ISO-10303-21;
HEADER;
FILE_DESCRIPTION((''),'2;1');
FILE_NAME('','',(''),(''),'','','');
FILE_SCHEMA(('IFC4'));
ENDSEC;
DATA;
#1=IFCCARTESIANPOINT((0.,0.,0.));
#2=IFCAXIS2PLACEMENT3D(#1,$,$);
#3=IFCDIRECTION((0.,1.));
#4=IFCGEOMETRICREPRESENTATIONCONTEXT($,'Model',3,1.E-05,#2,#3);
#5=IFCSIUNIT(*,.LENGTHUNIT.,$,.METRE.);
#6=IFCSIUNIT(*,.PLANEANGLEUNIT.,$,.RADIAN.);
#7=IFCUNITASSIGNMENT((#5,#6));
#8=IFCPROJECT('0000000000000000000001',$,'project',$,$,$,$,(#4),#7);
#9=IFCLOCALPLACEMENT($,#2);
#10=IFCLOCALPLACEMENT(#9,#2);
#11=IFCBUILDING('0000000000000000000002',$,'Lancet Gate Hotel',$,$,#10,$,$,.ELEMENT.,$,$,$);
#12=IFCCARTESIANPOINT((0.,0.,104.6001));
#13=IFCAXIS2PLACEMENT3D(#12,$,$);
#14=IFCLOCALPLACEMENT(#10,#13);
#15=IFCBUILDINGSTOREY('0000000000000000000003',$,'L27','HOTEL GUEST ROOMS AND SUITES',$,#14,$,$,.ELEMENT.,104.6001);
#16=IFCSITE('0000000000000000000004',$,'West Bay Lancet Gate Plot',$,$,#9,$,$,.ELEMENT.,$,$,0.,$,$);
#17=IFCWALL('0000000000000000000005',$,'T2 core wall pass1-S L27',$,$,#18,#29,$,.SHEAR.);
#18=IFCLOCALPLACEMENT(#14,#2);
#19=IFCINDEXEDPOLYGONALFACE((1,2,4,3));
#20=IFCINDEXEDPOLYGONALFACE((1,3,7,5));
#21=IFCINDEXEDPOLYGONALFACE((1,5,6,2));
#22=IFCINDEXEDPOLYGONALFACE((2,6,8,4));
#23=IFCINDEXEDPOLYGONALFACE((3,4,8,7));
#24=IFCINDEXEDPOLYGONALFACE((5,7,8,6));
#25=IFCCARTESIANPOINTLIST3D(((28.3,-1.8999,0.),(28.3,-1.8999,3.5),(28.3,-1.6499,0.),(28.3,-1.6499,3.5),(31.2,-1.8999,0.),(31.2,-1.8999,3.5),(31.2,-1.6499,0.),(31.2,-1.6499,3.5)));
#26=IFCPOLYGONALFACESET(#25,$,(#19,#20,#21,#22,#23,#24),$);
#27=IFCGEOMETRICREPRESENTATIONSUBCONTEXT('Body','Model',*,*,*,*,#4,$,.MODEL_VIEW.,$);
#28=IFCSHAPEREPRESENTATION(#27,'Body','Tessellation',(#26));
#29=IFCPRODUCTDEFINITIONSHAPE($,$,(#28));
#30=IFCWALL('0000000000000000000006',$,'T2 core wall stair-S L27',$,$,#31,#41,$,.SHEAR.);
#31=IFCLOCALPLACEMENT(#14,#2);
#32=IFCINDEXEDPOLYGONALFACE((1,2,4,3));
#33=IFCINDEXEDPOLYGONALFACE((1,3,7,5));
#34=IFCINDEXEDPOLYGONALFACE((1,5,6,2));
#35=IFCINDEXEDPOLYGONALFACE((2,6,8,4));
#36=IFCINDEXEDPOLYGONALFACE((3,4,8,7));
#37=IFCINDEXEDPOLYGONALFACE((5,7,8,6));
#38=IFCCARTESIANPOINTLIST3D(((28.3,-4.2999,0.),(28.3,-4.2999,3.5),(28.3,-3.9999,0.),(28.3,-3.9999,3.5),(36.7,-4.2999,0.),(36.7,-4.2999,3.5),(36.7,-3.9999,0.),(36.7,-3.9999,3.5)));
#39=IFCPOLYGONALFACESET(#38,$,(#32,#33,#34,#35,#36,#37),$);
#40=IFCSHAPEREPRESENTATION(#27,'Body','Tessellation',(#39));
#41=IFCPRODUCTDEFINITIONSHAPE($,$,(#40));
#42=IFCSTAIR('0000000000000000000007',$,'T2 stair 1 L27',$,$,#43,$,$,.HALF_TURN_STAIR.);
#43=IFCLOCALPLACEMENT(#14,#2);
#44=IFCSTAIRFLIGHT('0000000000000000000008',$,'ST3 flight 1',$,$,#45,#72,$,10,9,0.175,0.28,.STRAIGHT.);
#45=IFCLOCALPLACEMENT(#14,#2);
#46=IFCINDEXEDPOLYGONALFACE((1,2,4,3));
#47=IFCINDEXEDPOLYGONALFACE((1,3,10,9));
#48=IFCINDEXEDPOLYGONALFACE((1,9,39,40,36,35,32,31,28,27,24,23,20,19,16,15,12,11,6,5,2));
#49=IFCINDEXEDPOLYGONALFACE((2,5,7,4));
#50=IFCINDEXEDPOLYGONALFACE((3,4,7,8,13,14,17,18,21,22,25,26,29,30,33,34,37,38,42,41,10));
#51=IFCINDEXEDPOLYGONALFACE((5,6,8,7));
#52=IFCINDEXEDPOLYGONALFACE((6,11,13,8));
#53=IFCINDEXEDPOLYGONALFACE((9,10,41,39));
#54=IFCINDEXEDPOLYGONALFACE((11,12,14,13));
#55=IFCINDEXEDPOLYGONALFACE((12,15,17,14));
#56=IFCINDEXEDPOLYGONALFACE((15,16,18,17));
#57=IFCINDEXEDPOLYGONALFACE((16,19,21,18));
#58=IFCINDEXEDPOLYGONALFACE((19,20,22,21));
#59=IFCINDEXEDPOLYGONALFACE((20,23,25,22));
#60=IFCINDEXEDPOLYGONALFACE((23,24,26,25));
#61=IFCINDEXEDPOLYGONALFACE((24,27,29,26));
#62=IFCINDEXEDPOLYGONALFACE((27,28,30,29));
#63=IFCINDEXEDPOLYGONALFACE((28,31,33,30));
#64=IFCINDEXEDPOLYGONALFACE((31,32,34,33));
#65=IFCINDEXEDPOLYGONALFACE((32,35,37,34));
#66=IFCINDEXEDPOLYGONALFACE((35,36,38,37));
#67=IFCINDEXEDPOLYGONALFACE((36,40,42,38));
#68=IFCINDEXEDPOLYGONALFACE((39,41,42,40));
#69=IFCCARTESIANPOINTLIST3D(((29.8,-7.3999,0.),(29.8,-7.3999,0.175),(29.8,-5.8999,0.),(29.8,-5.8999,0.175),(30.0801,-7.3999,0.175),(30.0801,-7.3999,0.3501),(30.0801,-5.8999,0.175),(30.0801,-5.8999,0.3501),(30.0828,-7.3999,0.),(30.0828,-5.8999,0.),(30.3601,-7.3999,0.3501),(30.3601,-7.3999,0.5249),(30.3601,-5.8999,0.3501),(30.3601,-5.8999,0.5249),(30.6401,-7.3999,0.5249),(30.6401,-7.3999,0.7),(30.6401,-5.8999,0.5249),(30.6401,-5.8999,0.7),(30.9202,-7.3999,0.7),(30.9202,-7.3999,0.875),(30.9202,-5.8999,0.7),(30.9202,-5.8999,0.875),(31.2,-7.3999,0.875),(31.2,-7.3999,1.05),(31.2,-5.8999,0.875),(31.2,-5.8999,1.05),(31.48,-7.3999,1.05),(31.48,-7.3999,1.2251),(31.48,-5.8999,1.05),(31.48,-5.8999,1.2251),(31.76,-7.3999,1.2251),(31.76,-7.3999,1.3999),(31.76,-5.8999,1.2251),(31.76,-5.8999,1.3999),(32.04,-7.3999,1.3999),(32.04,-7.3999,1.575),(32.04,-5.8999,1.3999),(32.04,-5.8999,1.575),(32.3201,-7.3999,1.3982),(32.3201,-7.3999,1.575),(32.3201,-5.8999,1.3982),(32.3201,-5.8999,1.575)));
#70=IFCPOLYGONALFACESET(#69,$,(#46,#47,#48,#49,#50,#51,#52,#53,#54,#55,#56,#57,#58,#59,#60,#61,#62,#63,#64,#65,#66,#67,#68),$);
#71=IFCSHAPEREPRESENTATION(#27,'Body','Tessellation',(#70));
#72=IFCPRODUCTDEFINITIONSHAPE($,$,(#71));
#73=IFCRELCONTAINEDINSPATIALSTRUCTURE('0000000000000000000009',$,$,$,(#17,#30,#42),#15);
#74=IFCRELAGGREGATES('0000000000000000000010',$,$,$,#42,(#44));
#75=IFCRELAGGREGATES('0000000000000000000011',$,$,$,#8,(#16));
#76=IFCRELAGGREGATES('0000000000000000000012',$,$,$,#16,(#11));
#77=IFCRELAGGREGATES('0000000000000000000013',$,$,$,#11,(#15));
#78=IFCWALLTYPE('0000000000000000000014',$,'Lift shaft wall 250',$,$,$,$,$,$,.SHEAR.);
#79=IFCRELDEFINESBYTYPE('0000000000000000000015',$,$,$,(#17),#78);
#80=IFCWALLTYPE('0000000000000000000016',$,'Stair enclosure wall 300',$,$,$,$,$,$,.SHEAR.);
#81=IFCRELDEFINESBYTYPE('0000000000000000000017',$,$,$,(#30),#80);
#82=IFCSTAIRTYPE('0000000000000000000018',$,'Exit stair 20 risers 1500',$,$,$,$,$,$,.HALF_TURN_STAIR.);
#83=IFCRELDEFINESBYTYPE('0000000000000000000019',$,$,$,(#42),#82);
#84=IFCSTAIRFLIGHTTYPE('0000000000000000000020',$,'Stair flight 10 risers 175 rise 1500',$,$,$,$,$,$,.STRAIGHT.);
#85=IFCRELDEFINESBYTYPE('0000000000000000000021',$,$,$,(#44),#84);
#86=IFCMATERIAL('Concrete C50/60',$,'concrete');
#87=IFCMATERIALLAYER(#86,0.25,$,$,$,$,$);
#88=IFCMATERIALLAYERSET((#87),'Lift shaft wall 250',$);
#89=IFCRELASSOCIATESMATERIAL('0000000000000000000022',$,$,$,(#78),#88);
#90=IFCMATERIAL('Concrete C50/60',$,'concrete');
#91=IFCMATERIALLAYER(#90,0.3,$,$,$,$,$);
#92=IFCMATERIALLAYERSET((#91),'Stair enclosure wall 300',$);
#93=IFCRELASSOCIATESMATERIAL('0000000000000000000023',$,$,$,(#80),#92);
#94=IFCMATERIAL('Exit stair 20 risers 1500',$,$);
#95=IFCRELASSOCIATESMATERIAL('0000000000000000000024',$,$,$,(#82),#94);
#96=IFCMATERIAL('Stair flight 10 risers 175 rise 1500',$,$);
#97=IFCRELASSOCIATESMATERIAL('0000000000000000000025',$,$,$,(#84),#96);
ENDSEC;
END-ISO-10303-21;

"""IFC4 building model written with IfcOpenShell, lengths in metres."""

from ifc_helpers import new_model, si_unit, direction, frame, frame_2d, origin, place, context, subcontext, project, spatial, polyline, rectangle, outline, extrude, material, layer, layer_set, type_object, element, aggregate, save


model = new_model("IFC4")

# Units and contexts
model_context = context("Model", 3, precision=1e-05, world=origin(), true_north=direction((0.0, 1.0)))
body_context = subcontext(model_context, "Body", "Model", "MODEL_VIEW")
ifc_project = project(units=[si_unit("LENGTHUNIT", "METRE"), si_unit("PLANEANGLEUNIT", "RADIAN")], contexts=[model_context])

# Site, building, storey
site_placement = place(None, origin())
site = spatial("IfcSite", under=ifc_project, at=site_placement, Name="West Bay Lancet Gate Plot", CompositionType="ELEMENT", RefElevation=0.0)
building_placement = place(site_placement, origin())
building = spatial("IfcBuilding", under=site, at=building_placement, Name="Lancet Gate Hotel", CompositionType="ELEMENT")
storey_placement = place(building_placement, frame((0.0, 0.0, 104.6001)))
storey = spatial("IfcBuildingStorey", under=building, at=storey_placement, Name="L27", Description="HOTEL GUEST ROOMS AND SUITES", CompositionType="ELEMENT", Elevation=104.6001)

# Walls
ifc_material_1 = material(Name="Concrete C50/60", Category="concrete")
ifc_layer_1 = layer(ifc_material_1, 0.25)
ifc_layer_set_1 = layer_set([ifc_layer_1], Name="Lift shaft wall 250")
wall_type_1 = type_object("IfcWallType", Name="Lift shaft wall 250", PredefinedType="SHEAR", material=ifc_layer_set_1)
wall_1_placement = place(storey_placement, frame((28.3, -1.7749, 0.0), z_axis=(0.0, 0.0, 1.0), x_axis=(1.0, 0.0, 0.0)))
element("IfcWall", 1, at=wall_1_placement, inside=storey, type_object=wall_type_1, Name="T2 core wall pass1-S L27", PredefinedType="SHEAR", context=body_context, shape_type="SweptSolid", body=[
    extrude(rectangle(XDim=2.8999, YDim=0.25, at=frame_2d((1.45, 0.0))), origin(), (0.0, 0.0, 1.0), 3.5),
])
ifc_material_2 = material(Name="Concrete C50/60", Category="concrete")
ifc_layer_2 = layer(ifc_material_2, 0.3)
ifc_layer_set_2 = layer_set([ifc_layer_2], Name="Stair enclosure wall 300")
wall_type_2 = type_object("IfcWallType", Name="Stair enclosure wall 300", PredefinedType="SHEAR", material=ifc_layer_set_2)
wall_2_placement = place(storey_placement, frame((28.3, -4.1499, 0.0), z_axis=(0.0, 0.0, 1.0), x_axis=(1.0, 0.0, 0.0)))
element("IfcWall", 2, at=wall_2_placement, inside=storey, type_object=wall_type_2, Name="T2 core wall stair-S L27", PredefinedType="SHEAR", context=body_context, shape_type="SweptSolid", body=[
    extrude(rectangle(XDim=8.3999, YDim=0.3, at=frame_2d((4.2, 0.0))), origin(), (0.0, 0.0, 1.0), 3.5),
])

# Stair, stair flight
ifc_material_3 = material(Name="Exit stair 20 risers 1500")
stair_type = type_object("IfcStairType", Name="Exit stair 20 risers 1500", PredefinedType="HALF_TURN_STAIR", material=ifc_material_3)
stair_placement = place(storey_placement, origin())
stair = element("IfcStair", 3, at=stair_placement, inside=storey, type_object=stair_type, Name="T2 stair 1 L27", PredefinedType="HALF_TURN_STAIR")
ifc_material_4 = material(Name="Stair flight 10 risers 175 rise 1500")
stair_flight_type = type_object("IfcStairFlightType", Name="Stair flight 10 risers 175 rise 1500", PredefinedType="STRAIGHT", material=ifc_material_4)
stair_flight_placement = place(storey_placement, frame((29.8, -6.6499, 0.0), z_axis=(0.0, 0.0, 1.0), x_axis=(1.0, 0.0, 0.0)))
stair_flight = element("IfcStairFlight", 4, at=stair_flight_placement, type_object=stair_flight_type, Name="ST3 flight 1", NumberOfRisers=10, NumberOfTreads=9, PredefinedType="STRAIGHT", RiserHeight=0.175, TreadLength=0.28, context=body_context, shape_type="SweptSolid", body=[
    extrude(outline(polyline([(0.0, 0.0), (0.0, 0.175), (0.28, 0.175), (0.28, 0.3501), (0.5601, 0.3501), (0.5601, 0.5249), (0.8401, 0.5249), (0.8401, 0.7), (1.1201, 0.7), (1.1201, 0.875), (1.3999, 0.875), (1.3999, 1.05), (1.6799, 1.05), (1.6799, 1.2251), (1.96, 1.2251), (1.96, 1.3999), (2.24, 1.3999), (2.24, 1.575), (2.52, 1.575), (2.52, 1.75), (2.52, 1.3982), (0.2827, 0.0), (0.0, 0.0)])), frame((0.0, 0.75, 0.0), z_axis=(0.0, -1.0, 0.0), x_axis=(1.0, 0.0, 0.0)), (0.0, 0.0, 1.0), 1.5),
])
aggregate(stair, [stair_flight])

save(model, "model.ifc")
